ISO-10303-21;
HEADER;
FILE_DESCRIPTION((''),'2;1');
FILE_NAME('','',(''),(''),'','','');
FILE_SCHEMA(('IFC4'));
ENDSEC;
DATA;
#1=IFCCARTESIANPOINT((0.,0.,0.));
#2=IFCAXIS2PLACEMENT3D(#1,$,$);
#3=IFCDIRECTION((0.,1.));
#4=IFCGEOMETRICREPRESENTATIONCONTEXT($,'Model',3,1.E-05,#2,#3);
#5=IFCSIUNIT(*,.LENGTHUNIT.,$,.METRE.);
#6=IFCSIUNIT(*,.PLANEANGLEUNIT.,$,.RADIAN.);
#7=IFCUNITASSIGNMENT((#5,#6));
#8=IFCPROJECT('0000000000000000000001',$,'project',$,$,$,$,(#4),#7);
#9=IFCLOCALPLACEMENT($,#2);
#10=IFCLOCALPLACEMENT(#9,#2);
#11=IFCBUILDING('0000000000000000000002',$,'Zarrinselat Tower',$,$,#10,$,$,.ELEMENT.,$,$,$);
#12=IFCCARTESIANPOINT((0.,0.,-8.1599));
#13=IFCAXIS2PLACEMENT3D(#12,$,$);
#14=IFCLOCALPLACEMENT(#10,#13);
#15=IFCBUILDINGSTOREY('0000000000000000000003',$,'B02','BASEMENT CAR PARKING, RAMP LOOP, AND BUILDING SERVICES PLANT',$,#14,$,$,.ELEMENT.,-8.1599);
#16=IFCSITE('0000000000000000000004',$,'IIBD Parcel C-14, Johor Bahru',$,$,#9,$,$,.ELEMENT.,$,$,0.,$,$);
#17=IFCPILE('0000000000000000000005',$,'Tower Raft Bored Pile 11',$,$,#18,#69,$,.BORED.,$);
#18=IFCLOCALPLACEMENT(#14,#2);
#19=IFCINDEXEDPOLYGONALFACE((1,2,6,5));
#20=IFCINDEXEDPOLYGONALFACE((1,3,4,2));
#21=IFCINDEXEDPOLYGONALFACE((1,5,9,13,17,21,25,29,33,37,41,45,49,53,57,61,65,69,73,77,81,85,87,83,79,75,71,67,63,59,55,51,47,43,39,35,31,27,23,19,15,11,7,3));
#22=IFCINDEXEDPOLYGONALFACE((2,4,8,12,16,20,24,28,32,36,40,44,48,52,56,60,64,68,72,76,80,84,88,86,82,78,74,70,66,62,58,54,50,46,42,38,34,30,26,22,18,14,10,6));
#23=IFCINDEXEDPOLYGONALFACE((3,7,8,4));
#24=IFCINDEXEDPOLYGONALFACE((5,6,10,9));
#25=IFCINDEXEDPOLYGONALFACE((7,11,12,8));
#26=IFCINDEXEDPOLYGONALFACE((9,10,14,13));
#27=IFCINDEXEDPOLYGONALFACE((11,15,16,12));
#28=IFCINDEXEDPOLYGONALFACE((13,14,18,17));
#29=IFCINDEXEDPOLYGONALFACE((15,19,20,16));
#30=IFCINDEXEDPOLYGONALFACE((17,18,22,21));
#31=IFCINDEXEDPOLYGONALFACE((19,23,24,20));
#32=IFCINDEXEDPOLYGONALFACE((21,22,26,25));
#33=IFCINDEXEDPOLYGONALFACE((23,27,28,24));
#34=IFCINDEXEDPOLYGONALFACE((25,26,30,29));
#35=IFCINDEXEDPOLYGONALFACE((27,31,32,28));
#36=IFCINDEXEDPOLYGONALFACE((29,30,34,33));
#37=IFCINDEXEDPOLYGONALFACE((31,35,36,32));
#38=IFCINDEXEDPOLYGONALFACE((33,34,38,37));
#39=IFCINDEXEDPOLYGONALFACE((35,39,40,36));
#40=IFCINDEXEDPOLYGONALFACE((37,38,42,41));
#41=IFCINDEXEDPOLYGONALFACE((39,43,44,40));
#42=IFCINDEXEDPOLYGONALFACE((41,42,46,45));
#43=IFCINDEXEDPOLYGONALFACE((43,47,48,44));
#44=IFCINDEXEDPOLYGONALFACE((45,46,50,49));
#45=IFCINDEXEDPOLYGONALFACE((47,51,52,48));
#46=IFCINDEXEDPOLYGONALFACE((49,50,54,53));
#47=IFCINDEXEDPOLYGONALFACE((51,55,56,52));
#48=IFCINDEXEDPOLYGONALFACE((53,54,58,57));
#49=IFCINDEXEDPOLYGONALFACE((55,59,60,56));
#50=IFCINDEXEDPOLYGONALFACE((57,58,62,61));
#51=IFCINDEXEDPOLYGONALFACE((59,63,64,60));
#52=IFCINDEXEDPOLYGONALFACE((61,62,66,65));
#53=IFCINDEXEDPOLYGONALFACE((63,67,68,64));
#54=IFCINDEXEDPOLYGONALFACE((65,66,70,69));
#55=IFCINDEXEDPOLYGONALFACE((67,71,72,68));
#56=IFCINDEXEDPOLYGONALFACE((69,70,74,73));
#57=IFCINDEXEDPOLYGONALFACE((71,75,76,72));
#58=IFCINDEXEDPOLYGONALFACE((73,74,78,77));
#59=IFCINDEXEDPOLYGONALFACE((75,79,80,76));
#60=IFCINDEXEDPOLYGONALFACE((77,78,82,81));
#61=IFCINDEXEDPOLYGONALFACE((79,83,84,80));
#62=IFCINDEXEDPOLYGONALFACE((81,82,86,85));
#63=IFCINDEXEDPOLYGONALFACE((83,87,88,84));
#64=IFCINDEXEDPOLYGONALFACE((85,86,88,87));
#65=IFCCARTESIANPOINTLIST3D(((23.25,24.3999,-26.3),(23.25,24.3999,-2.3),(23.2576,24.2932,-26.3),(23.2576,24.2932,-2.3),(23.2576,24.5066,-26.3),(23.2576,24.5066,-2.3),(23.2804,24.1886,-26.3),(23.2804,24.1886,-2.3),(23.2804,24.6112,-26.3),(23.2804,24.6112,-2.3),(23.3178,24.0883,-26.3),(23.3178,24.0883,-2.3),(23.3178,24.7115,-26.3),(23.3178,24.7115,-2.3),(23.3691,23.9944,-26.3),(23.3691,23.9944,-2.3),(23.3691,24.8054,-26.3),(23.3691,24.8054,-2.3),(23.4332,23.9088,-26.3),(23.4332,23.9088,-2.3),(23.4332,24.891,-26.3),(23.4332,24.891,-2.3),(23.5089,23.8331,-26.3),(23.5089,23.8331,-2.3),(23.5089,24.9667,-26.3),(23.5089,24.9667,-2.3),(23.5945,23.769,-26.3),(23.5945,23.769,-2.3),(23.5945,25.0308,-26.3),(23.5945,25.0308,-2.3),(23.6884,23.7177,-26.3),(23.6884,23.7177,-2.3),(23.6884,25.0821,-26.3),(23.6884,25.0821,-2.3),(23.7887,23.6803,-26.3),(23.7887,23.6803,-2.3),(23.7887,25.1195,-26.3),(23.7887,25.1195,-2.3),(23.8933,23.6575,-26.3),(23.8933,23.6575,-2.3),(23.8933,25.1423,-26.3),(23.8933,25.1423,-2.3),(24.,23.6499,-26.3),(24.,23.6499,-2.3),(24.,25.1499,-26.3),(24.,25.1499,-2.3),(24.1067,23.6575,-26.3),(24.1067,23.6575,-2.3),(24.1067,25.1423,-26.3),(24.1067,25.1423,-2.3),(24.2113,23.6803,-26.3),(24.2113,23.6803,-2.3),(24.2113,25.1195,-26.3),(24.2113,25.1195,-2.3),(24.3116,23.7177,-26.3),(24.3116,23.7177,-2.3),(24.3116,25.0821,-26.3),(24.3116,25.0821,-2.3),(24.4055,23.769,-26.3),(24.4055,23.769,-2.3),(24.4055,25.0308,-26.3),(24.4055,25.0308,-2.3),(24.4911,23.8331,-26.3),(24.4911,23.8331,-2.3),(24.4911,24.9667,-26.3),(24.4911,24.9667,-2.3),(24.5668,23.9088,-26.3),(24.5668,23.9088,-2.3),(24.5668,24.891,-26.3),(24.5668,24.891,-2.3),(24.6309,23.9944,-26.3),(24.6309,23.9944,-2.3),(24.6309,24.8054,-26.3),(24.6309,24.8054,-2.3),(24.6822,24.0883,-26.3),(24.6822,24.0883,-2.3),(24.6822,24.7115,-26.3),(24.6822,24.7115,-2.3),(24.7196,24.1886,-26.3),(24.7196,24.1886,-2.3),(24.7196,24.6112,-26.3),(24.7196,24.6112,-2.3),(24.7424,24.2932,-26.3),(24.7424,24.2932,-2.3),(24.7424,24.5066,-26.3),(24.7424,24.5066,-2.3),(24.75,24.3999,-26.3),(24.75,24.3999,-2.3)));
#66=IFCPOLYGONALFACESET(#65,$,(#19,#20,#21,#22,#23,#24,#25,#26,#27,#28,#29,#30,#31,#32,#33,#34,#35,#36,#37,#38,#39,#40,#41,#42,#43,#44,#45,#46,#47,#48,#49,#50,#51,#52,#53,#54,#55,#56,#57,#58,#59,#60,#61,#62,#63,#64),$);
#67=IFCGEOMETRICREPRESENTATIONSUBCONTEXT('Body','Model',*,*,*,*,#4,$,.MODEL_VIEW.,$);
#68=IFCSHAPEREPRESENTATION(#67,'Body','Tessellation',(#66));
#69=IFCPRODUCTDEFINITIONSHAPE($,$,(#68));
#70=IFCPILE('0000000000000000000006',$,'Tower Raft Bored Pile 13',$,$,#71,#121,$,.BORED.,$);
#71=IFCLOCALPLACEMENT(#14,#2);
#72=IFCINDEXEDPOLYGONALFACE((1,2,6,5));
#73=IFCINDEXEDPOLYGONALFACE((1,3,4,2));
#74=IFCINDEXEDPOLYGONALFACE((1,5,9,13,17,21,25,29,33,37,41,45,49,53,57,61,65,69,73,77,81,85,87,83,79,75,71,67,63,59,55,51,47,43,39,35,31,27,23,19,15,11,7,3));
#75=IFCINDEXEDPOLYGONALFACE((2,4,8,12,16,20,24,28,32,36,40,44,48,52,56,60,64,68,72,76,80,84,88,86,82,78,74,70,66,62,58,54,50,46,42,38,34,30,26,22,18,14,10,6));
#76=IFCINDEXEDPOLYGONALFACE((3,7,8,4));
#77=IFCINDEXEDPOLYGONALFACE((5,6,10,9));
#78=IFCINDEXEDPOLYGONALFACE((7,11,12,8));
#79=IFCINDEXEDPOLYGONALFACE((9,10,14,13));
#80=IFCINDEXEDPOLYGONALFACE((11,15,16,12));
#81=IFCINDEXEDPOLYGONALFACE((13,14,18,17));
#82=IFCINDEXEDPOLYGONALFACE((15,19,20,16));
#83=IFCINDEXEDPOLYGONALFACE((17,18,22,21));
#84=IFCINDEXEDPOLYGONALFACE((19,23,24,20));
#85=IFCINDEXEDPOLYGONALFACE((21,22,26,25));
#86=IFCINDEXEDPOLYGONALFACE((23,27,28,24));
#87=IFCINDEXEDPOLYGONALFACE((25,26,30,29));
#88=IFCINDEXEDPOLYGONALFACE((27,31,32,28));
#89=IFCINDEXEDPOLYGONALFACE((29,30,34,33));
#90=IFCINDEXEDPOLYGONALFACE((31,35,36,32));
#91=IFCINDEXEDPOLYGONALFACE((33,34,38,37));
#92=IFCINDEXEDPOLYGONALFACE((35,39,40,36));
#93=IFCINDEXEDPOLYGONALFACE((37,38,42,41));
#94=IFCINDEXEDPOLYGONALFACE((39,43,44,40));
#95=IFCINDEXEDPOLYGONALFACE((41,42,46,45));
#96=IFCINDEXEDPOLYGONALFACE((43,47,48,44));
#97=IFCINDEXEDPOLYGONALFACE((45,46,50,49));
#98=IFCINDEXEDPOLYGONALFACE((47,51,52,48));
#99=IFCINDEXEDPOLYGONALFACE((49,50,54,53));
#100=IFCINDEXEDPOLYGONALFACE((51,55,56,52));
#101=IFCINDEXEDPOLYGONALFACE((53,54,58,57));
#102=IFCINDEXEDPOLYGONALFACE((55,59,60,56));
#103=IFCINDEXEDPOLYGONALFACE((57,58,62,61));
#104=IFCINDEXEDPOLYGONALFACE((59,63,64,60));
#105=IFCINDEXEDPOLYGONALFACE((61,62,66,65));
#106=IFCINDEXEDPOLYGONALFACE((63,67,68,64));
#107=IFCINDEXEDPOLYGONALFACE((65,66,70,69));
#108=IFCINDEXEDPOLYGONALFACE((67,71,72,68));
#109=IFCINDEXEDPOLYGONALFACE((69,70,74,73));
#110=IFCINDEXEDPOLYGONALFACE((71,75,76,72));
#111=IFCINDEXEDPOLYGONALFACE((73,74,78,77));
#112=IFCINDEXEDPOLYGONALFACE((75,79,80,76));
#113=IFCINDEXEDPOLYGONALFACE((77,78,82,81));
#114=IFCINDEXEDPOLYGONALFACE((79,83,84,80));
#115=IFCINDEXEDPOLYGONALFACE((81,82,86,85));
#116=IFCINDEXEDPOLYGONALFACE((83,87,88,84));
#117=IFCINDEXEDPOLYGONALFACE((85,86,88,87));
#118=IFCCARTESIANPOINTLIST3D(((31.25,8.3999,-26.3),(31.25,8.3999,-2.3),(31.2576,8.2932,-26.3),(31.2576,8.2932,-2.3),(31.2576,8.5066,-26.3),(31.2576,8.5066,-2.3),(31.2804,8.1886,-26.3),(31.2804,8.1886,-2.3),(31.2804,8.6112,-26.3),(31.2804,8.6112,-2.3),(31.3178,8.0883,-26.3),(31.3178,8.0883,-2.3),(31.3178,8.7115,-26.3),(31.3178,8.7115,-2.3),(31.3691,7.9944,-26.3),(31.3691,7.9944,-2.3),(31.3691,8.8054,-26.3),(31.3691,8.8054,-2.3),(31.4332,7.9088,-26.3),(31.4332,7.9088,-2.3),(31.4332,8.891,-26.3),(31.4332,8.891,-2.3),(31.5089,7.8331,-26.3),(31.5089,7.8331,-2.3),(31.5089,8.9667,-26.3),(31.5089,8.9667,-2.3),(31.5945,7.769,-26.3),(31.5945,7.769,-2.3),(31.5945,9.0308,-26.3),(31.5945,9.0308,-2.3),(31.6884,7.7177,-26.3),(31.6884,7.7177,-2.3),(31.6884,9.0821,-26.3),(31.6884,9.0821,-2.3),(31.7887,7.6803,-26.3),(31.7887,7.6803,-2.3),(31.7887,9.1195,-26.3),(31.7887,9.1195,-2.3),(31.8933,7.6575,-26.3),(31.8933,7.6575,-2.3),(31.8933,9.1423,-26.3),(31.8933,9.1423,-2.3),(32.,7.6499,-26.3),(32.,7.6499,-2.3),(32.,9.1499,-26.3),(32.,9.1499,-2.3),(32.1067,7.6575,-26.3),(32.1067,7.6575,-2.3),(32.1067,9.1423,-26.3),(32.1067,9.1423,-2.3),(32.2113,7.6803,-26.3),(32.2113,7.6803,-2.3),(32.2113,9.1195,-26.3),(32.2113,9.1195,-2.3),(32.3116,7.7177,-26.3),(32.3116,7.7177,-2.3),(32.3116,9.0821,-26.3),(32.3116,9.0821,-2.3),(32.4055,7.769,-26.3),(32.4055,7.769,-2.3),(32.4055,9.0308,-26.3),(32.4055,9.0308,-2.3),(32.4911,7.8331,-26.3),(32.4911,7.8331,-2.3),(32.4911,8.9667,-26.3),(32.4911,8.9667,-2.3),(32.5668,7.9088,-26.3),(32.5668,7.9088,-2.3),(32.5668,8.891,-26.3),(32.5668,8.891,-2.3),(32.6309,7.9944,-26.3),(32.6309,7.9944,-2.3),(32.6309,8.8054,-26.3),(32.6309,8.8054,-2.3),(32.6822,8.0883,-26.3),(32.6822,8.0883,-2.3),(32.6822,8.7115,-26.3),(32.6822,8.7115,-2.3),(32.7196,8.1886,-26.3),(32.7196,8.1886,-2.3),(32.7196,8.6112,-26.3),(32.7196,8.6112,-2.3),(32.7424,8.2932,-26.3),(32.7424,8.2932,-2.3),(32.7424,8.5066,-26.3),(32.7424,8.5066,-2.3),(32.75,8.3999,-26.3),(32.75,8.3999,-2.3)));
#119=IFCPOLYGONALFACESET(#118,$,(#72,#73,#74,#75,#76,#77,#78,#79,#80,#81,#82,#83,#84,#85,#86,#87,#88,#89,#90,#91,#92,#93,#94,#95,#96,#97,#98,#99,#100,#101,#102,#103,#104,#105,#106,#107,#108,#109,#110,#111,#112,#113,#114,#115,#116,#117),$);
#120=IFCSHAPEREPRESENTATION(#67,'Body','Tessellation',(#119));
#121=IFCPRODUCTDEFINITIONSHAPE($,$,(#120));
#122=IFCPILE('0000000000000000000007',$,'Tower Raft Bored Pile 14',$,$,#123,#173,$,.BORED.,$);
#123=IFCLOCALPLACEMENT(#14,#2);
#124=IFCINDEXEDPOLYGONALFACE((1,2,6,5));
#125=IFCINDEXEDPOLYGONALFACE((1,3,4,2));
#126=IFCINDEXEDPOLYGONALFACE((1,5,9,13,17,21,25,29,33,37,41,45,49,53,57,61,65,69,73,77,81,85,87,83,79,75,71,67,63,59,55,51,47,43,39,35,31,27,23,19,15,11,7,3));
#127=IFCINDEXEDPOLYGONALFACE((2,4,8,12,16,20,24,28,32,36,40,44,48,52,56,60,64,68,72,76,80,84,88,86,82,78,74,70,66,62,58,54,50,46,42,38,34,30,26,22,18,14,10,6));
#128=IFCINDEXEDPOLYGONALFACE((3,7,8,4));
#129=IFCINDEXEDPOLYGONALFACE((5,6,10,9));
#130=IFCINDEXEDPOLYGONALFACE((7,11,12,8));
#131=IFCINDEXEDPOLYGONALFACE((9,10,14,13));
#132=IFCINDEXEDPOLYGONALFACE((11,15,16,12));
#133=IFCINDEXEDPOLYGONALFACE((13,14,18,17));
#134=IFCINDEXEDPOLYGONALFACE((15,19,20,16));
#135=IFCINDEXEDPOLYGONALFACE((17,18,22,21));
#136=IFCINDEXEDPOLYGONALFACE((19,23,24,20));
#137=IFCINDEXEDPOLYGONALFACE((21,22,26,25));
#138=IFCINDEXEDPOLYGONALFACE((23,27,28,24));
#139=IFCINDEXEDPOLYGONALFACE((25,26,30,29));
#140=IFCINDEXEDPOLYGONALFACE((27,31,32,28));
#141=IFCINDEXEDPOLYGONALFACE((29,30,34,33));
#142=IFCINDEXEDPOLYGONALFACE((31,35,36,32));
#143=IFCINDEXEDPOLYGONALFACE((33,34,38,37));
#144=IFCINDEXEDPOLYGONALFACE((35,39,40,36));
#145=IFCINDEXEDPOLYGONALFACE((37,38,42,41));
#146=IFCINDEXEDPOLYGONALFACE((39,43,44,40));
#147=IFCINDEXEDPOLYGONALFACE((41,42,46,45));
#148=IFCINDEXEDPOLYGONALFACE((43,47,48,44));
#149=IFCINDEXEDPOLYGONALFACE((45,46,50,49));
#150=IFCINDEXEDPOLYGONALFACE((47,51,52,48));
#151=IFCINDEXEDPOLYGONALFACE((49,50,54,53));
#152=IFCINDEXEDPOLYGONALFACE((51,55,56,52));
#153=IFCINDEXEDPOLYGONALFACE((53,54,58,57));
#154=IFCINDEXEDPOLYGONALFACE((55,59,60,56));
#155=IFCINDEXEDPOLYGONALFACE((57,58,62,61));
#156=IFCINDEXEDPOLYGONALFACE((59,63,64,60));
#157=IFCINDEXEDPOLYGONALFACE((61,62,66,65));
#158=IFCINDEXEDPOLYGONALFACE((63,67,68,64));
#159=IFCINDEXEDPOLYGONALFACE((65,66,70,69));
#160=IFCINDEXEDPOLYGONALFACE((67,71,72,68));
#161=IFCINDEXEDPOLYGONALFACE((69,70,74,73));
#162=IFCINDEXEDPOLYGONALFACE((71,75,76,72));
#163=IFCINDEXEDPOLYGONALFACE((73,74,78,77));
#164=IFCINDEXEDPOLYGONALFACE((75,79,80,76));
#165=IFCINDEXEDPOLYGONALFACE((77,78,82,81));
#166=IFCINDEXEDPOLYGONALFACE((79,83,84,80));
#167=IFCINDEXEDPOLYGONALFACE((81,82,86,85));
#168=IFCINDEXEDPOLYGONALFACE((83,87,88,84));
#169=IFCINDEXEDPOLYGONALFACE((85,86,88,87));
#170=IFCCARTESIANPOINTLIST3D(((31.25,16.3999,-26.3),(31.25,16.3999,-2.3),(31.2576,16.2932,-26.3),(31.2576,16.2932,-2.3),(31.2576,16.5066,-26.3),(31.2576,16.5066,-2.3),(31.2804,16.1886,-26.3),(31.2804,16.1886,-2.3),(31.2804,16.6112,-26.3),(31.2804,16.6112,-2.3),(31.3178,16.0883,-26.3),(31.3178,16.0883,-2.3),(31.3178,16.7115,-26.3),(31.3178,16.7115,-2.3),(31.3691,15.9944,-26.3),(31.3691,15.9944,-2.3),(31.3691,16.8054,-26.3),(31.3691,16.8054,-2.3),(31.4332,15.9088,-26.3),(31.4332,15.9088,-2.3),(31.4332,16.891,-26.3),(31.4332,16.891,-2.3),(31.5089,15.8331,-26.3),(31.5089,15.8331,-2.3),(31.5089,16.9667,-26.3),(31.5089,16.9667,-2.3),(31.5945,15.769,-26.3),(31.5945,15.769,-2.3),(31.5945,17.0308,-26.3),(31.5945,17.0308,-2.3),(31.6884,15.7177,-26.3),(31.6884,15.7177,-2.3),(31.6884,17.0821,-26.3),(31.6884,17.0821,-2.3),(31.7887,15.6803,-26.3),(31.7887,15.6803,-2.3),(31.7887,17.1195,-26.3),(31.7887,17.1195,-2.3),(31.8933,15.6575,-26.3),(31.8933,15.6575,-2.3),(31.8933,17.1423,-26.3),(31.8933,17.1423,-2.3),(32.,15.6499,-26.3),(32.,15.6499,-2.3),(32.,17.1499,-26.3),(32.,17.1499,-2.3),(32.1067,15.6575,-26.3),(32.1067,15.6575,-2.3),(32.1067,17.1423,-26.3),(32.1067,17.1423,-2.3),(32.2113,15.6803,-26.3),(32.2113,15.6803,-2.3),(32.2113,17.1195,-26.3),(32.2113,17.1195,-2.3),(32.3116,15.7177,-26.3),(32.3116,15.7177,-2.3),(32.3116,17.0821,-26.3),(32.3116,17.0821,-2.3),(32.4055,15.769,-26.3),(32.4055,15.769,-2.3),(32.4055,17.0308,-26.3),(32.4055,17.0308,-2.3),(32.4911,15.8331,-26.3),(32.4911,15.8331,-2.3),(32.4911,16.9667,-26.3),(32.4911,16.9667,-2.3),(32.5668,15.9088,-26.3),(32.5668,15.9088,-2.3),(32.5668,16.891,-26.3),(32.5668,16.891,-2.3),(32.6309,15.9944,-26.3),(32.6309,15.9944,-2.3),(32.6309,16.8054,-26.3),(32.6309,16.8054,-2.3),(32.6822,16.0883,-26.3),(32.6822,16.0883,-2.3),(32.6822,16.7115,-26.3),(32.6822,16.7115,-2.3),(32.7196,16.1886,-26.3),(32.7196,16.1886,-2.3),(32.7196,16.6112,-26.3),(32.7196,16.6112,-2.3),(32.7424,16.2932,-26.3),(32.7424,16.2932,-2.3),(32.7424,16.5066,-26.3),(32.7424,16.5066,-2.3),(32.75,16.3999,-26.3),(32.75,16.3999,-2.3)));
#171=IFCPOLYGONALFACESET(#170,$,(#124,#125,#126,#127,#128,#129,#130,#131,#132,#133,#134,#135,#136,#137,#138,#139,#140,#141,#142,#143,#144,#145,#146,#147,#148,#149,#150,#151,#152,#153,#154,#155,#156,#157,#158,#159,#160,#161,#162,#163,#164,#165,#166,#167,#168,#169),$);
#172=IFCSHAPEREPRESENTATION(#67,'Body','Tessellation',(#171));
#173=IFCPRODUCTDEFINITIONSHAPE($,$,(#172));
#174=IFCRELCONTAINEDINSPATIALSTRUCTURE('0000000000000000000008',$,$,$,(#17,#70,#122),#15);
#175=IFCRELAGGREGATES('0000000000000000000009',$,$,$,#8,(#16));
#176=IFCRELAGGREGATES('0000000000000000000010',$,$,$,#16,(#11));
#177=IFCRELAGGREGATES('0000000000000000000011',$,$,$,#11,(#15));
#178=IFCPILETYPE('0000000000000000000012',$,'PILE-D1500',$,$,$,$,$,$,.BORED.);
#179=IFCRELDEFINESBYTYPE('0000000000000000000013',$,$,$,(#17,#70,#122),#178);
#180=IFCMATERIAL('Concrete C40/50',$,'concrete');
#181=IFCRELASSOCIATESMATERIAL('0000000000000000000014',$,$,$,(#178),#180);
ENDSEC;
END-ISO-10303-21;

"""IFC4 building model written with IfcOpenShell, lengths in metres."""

from ifc_helpers import new_model, si_unit, direction, frame, origin, origin_2d, place, context, subcontext, project, spatial, circle, extrude, material, material_profile, profile_set, type_object, element, save


model = new_model("IFC4")

# Units and contexts
model_context = context("Model", 3, precision=1e-05, world=origin(), true_north=direction((0.0, 1.0)))
body_context = subcontext(model_context, "Body", "Model", "MODEL_VIEW")
ifc_project = project(units=[si_unit("LENGTHUNIT", "METRE"), si_unit("PLANEANGLEUNIT", "RADIAN")], contexts=[model_context])

# Site, building, storey
site_placement = place(None, origin())
site = spatial("IfcSite", under=ifc_project, at=site_placement, Name="IIBD Parcel C-14, Johor Bahru", CompositionType="ELEMENT", RefElevation=0.0)
building_placement = place(site_placement, origin())
building = spatial("IfcBuilding", under=site, at=building_placement, Name="Zarrinselat Tower", CompositionType="ELEMENT")
storey_placement = place(building_placement, frame((0.0, 0.0, -8.1599)))
storey = spatial("IfcBuildingStorey", under=building, at=storey_placement, Name="B02", Description="BASEMENT CAR PARKING, RAMP LOOP, AND BUILDING SERVICES PLANT", CompositionType="ELEMENT", Elevation=-8.1599)

# Piles
ifc_material_1 = material(Name="Concrete C40/50", Category="concrete")
ifc_material_profile_1 = material_profile(ifc_material_1, circle(Radius=0.75, at=origin_2d()), Name="BORED PILE D1500")
ifc_profile_set_1 = profile_set([ifc_material_profile_1], Name="Concrete C40/50")
pile_type = type_object("IfcPileType", Name="PILE-D1500", PredefinedType="BORED", material=ifc_profile_set_1)
for number, where, z_axis, x_axis, name in (
    (1, (24.0, 24.3999, -2.3), (0.0, 0.0, -1.0), (1.0, 0.0, 0.0), "Tower Raft Bored Pile 11"),
    (2, (32.0, 8.3999, -2.3), (0.0, 0.0, -1.0), (1.0, 0.0, 0.0), "Tower Raft Bored Pile 13"),
    (3, (32.0, 16.3999, -2.3), (0.0, 0.0, -1.0), (1.0, 0.0, 0.0), "Tower Raft Bored Pile 14"),
):
    element("IfcPile", number, at=place(storey_placement, frame(where, z_axis=z_axis, x_axis=x_axis)), inside=storey, type_object=pile_type, Name=name, PredefinedType="BORED", context=body_context, shape_type="SweptSolid", body=[
        extrude(circle(Radius=0.75, at=origin_2d()), origin(), (0.0, 0.0, 1.0), 24.0),
    ])

save(model, "model.ifc")
